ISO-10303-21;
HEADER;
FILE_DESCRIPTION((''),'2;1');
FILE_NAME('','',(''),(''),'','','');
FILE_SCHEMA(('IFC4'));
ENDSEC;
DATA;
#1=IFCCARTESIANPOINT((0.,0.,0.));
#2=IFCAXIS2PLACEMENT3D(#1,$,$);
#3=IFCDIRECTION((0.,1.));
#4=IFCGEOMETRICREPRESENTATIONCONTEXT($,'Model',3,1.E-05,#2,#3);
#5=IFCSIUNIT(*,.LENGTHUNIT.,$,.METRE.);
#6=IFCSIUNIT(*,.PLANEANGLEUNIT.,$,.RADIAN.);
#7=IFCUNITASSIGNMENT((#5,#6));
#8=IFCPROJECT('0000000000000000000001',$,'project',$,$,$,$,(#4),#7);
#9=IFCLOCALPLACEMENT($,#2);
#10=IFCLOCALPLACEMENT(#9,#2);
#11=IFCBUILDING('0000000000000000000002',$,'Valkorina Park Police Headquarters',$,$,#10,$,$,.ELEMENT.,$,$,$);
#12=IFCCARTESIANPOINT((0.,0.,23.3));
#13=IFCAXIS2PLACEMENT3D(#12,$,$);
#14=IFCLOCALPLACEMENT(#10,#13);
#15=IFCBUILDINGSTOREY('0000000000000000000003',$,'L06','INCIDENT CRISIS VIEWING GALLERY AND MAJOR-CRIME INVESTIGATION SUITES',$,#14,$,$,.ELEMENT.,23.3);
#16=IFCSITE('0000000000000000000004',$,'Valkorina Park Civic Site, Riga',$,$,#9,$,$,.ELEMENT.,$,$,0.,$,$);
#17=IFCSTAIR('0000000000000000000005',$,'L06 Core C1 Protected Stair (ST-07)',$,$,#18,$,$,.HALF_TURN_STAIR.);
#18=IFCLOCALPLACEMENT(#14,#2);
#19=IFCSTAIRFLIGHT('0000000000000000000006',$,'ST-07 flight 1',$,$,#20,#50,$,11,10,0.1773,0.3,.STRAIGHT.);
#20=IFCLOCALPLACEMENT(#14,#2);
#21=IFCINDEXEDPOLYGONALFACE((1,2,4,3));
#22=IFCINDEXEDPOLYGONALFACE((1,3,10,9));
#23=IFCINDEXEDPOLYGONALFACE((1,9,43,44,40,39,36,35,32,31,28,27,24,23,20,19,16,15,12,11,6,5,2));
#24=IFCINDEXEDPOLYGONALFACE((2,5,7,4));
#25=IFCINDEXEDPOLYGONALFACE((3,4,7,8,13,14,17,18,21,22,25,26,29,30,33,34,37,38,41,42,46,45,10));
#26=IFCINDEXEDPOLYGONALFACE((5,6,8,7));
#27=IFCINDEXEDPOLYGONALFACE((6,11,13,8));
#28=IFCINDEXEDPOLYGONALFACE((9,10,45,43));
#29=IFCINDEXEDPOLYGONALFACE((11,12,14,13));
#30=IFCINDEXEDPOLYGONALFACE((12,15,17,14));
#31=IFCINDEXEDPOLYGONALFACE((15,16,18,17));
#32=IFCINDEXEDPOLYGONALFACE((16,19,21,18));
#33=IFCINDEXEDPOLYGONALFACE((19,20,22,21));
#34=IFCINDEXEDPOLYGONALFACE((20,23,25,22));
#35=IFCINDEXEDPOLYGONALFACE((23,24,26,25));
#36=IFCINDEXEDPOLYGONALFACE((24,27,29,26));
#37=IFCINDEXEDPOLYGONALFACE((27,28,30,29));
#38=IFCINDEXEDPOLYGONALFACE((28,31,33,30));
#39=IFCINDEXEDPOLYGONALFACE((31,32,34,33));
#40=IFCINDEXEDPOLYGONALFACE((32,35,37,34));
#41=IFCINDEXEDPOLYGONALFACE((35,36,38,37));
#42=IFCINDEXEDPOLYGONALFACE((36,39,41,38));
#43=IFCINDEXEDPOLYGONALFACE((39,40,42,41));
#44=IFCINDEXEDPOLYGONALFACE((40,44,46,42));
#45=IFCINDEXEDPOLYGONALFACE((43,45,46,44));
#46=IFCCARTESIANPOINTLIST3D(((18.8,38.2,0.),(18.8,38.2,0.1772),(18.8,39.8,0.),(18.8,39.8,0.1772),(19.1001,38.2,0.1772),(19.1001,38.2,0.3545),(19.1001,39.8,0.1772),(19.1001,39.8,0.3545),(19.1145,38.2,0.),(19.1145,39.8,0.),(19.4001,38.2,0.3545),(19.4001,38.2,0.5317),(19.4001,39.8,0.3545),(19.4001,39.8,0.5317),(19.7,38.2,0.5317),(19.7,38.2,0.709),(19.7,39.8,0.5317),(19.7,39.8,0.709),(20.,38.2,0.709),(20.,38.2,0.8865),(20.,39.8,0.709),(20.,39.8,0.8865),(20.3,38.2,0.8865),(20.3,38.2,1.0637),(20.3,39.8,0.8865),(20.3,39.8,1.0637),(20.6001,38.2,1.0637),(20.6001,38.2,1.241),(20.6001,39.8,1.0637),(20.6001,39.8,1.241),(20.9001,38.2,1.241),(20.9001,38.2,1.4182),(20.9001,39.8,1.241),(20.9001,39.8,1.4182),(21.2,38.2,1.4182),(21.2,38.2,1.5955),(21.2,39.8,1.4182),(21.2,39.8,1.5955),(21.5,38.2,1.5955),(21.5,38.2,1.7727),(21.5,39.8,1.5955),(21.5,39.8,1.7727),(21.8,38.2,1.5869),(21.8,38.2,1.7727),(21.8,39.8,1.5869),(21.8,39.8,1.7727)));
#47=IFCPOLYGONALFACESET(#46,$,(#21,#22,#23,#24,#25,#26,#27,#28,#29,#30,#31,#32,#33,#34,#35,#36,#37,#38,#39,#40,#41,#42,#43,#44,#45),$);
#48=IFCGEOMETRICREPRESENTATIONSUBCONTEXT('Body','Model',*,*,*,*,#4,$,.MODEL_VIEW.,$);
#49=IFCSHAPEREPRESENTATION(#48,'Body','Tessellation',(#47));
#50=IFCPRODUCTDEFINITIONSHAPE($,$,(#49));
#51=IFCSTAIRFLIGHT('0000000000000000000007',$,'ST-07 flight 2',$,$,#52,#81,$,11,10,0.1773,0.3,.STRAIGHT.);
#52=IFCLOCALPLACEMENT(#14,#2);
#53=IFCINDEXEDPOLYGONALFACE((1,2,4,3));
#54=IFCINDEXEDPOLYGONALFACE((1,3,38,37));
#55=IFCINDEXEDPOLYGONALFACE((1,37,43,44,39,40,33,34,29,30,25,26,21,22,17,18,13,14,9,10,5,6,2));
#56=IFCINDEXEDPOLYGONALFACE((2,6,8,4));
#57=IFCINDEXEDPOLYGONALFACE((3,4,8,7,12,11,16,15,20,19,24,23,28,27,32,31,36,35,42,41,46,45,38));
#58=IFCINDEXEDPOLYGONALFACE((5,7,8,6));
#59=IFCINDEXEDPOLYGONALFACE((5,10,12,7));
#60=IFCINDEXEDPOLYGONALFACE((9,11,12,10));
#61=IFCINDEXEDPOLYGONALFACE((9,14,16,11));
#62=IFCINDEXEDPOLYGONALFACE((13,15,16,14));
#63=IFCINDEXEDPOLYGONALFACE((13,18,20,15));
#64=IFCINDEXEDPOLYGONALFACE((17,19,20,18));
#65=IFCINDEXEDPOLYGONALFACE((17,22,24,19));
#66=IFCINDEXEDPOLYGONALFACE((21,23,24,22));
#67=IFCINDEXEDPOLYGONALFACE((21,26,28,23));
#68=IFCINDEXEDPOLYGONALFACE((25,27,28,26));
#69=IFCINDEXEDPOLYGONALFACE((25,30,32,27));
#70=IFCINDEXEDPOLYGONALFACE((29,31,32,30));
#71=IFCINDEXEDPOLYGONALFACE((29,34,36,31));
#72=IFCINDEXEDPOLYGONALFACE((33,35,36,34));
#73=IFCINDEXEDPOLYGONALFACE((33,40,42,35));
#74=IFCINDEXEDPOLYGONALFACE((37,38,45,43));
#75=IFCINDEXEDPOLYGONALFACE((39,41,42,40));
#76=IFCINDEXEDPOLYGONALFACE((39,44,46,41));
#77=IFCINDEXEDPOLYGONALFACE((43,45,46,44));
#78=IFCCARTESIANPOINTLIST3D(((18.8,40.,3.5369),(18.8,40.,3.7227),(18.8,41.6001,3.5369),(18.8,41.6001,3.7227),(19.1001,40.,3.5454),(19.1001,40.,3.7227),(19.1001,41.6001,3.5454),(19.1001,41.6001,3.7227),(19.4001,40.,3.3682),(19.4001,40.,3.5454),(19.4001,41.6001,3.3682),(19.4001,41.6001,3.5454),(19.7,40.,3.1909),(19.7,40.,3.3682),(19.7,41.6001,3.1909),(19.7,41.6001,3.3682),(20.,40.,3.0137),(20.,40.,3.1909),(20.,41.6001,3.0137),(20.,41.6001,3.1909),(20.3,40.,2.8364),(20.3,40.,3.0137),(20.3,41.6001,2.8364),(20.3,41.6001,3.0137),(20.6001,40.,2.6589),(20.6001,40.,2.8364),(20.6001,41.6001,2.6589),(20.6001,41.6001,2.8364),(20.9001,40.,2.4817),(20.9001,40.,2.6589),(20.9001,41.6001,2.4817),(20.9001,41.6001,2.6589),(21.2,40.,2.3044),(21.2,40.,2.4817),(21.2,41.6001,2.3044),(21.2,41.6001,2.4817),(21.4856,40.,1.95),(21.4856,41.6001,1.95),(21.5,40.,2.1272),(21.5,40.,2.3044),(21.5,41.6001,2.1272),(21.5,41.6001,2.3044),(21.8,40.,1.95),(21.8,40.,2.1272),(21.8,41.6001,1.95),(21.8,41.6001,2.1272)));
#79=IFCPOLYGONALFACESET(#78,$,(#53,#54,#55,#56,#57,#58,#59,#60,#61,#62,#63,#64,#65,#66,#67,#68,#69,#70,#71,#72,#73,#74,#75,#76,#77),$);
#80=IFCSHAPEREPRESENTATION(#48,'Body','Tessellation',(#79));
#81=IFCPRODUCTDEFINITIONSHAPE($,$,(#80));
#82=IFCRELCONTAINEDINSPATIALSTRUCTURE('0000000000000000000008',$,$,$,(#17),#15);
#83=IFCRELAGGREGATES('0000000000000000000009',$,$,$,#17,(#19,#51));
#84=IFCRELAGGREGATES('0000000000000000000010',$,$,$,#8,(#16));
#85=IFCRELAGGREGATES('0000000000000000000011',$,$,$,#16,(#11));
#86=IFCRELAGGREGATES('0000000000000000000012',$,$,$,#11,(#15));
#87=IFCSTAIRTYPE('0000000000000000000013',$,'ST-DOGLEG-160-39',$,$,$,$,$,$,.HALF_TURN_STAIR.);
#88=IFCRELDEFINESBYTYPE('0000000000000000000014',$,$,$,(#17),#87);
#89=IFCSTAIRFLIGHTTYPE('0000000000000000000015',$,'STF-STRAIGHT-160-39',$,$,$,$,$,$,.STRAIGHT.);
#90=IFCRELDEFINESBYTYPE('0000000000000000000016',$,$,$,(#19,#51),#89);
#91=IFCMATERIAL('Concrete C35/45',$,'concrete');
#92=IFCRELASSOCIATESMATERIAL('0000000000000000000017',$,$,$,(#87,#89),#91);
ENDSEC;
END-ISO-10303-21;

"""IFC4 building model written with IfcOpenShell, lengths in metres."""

from ifc_helpers import new_model, si_unit, direction, frame, origin, place, context, subcontext, project, spatial, polyline, outline, extrude, material, type_object, element, aggregate, save


model = new_model("IFC4")

# Units and contexts
model_context = context("Model", 3, precision=1e-05, world=origin(), true_north=direction((0.0, 1.0)))
body_context = subcontext(model_context, "Body", "Model", "MODEL_VIEW")
ifc_project = project(units=[si_unit("LENGTHUNIT", "METRE"), si_unit("PLANEANGLEUNIT", "RADIAN")], contexts=[model_context])

# Site, building, storey
site_placement = place(None, origin())
site = spatial("IfcSite", under=ifc_project, at=site_placement, Name="Valkorina Park Civic Site, Riga", CompositionType="ELEMENT", RefElevation=0.0)
building_placement = place(site_placement, origin())
building = spatial("IfcBuilding", under=site, at=building_placement, Name="Valkorina Park Police Headquarters", CompositionType="ELEMENT")
storey_placement = place(building_placement, frame((0.0, 0.0, 23.3)))
storey = spatial("IfcBuildingStorey", under=building, at=storey_placement, Name="L06", Description="INCIDENT CRISIS VIEWING GALLERY AND MAJOR-CRIME INVESTIGATION SUITES", CompositionType="ELEMENT", Elevation=23.3)

# Stair, stair flights
ifc_material_1 = material(Name="Concrete C35/45", Category="concrete")
stair_type = type_object("IfcStairType", Name="ST-DOGLEG-160-39", PredefinedType="HALF_TURN_STAIR", material=ifc_material_1)
stair_placement = place(storey_placement, origin())
stair = element("IfcStair", 1, at=stair_placement, inside=storey, type_object=stair_type, Name="L06 Core C1 Protected Stair (ST-07)", PredefinedType="HALF_TURN_STAIR")
stair_flight_type = type_object("IfcStairFlightType", Name="STF-STRAIGHT-160-39", PredefinedType="STRAIGHT", material=ifc_material_1)
stair_flight_1_placement = place(storey_placement, frame((18.8, 39.0, 0.0), z_axis=(0.0, 0.0, 1.0), x_axis=(1.0, 0.0, 0.0)))
stair_flight_1 = element("IfcStairFlight", 2, at=stair_flight_1_placement, type_object=stair_flight_type, Name="ST-07 flight 1", NumberOfRisers=11, NumberOfTreads=10, PredefinedType="STRAIGHT", RiserHeight=0.1773, TreadLength=0.3, context=body_context, shape_type="SweptSolid", body=[
    extrude(outline(polyline([(0.0, 0.0), (0.0, 0.1772), (0.3, 0.1772), (0.3, 0.3545), (0.6001, 0.3545), (0.6001, 0.5317), (0.8999, 0.5317), (0.8999, 0.709), (1.2, 0.709), (1.2, 0.8865), (1.5, 0.8865), (1.5, 1.0637), (1.8, 1.0637), (1.8, 1.241), (2.1001, 1.241), (2.1001, 1.4182), (2.3999, 1.4182), (2.3999, 1.5955), (2.7, 1.5955), (2.7, 1.7727), (3.0, 1.7727), (3.0, 1.95), (3.0, 1.5869), (0.3145, 0.0), (0.0, 0.0)])), frame((0.0, 0.8, 0.0), z_axis=(0.0, -1.0, 0.0), x_axis=(1.0, 0.0, 0.0)), (0.0, 0.0, 1.0), 1.6001),
])
stair_flight_2_placement = place(storey_placement, frame((21.8, 40.8, 1.95), z_axis=(0.0, 0.0, 1.0), x_axis=(-1.0, 0.0, 0.0)))
stair_flight_2 = element("IfcStairFlight", 3, at=stair_flight_2_placement, type_object=stair_flight_type, Name="ST-07 flight 2", NumberOfRisers=11, NumberOfTreads=10, PredefinedType="STRAIGHT", RiserHeight=0.1773, TreadLength=0.3, context=body_context, shape_type="SweptSolid", body=[
    extrude(outline(polyline([(0.0, 0.0), (0.0, 0.1772), (0.3, 0.1772), (0.3, 0.3545), (0.6001, 0.3545), (0.6001, 0.5317), (0.8999, 0.5317), (0.8999, 0.709), (1.2, 0.709), (1.2, 0.8865), (1.5, 0.8865), (1.5, 1.0637), (1.8, 1.0637), (1.8, 1.241), (2.1001, 1.241), (2.1001, 1.4182), (2.3999, 1.4182), (2.3999, 1.5955), (2.7, 1.5955), (2.7, 1.7727), (3.0, 1.7727), (3.0, 1.95), (3.0, 1.5869), (0.3145, 0.0), (0.0, 0.0)])), frame((0.0, 0.8, 0.0), z_axis=(0.0, -1.0, 0.0), x_axis=(1.0, 0.0, 0.0)), (0.0, 0.0, 1.0), 1.6001),
])
aggregate(stair, [stair_flight_1, stair_flight_2])

save(model, "model.ifc")
